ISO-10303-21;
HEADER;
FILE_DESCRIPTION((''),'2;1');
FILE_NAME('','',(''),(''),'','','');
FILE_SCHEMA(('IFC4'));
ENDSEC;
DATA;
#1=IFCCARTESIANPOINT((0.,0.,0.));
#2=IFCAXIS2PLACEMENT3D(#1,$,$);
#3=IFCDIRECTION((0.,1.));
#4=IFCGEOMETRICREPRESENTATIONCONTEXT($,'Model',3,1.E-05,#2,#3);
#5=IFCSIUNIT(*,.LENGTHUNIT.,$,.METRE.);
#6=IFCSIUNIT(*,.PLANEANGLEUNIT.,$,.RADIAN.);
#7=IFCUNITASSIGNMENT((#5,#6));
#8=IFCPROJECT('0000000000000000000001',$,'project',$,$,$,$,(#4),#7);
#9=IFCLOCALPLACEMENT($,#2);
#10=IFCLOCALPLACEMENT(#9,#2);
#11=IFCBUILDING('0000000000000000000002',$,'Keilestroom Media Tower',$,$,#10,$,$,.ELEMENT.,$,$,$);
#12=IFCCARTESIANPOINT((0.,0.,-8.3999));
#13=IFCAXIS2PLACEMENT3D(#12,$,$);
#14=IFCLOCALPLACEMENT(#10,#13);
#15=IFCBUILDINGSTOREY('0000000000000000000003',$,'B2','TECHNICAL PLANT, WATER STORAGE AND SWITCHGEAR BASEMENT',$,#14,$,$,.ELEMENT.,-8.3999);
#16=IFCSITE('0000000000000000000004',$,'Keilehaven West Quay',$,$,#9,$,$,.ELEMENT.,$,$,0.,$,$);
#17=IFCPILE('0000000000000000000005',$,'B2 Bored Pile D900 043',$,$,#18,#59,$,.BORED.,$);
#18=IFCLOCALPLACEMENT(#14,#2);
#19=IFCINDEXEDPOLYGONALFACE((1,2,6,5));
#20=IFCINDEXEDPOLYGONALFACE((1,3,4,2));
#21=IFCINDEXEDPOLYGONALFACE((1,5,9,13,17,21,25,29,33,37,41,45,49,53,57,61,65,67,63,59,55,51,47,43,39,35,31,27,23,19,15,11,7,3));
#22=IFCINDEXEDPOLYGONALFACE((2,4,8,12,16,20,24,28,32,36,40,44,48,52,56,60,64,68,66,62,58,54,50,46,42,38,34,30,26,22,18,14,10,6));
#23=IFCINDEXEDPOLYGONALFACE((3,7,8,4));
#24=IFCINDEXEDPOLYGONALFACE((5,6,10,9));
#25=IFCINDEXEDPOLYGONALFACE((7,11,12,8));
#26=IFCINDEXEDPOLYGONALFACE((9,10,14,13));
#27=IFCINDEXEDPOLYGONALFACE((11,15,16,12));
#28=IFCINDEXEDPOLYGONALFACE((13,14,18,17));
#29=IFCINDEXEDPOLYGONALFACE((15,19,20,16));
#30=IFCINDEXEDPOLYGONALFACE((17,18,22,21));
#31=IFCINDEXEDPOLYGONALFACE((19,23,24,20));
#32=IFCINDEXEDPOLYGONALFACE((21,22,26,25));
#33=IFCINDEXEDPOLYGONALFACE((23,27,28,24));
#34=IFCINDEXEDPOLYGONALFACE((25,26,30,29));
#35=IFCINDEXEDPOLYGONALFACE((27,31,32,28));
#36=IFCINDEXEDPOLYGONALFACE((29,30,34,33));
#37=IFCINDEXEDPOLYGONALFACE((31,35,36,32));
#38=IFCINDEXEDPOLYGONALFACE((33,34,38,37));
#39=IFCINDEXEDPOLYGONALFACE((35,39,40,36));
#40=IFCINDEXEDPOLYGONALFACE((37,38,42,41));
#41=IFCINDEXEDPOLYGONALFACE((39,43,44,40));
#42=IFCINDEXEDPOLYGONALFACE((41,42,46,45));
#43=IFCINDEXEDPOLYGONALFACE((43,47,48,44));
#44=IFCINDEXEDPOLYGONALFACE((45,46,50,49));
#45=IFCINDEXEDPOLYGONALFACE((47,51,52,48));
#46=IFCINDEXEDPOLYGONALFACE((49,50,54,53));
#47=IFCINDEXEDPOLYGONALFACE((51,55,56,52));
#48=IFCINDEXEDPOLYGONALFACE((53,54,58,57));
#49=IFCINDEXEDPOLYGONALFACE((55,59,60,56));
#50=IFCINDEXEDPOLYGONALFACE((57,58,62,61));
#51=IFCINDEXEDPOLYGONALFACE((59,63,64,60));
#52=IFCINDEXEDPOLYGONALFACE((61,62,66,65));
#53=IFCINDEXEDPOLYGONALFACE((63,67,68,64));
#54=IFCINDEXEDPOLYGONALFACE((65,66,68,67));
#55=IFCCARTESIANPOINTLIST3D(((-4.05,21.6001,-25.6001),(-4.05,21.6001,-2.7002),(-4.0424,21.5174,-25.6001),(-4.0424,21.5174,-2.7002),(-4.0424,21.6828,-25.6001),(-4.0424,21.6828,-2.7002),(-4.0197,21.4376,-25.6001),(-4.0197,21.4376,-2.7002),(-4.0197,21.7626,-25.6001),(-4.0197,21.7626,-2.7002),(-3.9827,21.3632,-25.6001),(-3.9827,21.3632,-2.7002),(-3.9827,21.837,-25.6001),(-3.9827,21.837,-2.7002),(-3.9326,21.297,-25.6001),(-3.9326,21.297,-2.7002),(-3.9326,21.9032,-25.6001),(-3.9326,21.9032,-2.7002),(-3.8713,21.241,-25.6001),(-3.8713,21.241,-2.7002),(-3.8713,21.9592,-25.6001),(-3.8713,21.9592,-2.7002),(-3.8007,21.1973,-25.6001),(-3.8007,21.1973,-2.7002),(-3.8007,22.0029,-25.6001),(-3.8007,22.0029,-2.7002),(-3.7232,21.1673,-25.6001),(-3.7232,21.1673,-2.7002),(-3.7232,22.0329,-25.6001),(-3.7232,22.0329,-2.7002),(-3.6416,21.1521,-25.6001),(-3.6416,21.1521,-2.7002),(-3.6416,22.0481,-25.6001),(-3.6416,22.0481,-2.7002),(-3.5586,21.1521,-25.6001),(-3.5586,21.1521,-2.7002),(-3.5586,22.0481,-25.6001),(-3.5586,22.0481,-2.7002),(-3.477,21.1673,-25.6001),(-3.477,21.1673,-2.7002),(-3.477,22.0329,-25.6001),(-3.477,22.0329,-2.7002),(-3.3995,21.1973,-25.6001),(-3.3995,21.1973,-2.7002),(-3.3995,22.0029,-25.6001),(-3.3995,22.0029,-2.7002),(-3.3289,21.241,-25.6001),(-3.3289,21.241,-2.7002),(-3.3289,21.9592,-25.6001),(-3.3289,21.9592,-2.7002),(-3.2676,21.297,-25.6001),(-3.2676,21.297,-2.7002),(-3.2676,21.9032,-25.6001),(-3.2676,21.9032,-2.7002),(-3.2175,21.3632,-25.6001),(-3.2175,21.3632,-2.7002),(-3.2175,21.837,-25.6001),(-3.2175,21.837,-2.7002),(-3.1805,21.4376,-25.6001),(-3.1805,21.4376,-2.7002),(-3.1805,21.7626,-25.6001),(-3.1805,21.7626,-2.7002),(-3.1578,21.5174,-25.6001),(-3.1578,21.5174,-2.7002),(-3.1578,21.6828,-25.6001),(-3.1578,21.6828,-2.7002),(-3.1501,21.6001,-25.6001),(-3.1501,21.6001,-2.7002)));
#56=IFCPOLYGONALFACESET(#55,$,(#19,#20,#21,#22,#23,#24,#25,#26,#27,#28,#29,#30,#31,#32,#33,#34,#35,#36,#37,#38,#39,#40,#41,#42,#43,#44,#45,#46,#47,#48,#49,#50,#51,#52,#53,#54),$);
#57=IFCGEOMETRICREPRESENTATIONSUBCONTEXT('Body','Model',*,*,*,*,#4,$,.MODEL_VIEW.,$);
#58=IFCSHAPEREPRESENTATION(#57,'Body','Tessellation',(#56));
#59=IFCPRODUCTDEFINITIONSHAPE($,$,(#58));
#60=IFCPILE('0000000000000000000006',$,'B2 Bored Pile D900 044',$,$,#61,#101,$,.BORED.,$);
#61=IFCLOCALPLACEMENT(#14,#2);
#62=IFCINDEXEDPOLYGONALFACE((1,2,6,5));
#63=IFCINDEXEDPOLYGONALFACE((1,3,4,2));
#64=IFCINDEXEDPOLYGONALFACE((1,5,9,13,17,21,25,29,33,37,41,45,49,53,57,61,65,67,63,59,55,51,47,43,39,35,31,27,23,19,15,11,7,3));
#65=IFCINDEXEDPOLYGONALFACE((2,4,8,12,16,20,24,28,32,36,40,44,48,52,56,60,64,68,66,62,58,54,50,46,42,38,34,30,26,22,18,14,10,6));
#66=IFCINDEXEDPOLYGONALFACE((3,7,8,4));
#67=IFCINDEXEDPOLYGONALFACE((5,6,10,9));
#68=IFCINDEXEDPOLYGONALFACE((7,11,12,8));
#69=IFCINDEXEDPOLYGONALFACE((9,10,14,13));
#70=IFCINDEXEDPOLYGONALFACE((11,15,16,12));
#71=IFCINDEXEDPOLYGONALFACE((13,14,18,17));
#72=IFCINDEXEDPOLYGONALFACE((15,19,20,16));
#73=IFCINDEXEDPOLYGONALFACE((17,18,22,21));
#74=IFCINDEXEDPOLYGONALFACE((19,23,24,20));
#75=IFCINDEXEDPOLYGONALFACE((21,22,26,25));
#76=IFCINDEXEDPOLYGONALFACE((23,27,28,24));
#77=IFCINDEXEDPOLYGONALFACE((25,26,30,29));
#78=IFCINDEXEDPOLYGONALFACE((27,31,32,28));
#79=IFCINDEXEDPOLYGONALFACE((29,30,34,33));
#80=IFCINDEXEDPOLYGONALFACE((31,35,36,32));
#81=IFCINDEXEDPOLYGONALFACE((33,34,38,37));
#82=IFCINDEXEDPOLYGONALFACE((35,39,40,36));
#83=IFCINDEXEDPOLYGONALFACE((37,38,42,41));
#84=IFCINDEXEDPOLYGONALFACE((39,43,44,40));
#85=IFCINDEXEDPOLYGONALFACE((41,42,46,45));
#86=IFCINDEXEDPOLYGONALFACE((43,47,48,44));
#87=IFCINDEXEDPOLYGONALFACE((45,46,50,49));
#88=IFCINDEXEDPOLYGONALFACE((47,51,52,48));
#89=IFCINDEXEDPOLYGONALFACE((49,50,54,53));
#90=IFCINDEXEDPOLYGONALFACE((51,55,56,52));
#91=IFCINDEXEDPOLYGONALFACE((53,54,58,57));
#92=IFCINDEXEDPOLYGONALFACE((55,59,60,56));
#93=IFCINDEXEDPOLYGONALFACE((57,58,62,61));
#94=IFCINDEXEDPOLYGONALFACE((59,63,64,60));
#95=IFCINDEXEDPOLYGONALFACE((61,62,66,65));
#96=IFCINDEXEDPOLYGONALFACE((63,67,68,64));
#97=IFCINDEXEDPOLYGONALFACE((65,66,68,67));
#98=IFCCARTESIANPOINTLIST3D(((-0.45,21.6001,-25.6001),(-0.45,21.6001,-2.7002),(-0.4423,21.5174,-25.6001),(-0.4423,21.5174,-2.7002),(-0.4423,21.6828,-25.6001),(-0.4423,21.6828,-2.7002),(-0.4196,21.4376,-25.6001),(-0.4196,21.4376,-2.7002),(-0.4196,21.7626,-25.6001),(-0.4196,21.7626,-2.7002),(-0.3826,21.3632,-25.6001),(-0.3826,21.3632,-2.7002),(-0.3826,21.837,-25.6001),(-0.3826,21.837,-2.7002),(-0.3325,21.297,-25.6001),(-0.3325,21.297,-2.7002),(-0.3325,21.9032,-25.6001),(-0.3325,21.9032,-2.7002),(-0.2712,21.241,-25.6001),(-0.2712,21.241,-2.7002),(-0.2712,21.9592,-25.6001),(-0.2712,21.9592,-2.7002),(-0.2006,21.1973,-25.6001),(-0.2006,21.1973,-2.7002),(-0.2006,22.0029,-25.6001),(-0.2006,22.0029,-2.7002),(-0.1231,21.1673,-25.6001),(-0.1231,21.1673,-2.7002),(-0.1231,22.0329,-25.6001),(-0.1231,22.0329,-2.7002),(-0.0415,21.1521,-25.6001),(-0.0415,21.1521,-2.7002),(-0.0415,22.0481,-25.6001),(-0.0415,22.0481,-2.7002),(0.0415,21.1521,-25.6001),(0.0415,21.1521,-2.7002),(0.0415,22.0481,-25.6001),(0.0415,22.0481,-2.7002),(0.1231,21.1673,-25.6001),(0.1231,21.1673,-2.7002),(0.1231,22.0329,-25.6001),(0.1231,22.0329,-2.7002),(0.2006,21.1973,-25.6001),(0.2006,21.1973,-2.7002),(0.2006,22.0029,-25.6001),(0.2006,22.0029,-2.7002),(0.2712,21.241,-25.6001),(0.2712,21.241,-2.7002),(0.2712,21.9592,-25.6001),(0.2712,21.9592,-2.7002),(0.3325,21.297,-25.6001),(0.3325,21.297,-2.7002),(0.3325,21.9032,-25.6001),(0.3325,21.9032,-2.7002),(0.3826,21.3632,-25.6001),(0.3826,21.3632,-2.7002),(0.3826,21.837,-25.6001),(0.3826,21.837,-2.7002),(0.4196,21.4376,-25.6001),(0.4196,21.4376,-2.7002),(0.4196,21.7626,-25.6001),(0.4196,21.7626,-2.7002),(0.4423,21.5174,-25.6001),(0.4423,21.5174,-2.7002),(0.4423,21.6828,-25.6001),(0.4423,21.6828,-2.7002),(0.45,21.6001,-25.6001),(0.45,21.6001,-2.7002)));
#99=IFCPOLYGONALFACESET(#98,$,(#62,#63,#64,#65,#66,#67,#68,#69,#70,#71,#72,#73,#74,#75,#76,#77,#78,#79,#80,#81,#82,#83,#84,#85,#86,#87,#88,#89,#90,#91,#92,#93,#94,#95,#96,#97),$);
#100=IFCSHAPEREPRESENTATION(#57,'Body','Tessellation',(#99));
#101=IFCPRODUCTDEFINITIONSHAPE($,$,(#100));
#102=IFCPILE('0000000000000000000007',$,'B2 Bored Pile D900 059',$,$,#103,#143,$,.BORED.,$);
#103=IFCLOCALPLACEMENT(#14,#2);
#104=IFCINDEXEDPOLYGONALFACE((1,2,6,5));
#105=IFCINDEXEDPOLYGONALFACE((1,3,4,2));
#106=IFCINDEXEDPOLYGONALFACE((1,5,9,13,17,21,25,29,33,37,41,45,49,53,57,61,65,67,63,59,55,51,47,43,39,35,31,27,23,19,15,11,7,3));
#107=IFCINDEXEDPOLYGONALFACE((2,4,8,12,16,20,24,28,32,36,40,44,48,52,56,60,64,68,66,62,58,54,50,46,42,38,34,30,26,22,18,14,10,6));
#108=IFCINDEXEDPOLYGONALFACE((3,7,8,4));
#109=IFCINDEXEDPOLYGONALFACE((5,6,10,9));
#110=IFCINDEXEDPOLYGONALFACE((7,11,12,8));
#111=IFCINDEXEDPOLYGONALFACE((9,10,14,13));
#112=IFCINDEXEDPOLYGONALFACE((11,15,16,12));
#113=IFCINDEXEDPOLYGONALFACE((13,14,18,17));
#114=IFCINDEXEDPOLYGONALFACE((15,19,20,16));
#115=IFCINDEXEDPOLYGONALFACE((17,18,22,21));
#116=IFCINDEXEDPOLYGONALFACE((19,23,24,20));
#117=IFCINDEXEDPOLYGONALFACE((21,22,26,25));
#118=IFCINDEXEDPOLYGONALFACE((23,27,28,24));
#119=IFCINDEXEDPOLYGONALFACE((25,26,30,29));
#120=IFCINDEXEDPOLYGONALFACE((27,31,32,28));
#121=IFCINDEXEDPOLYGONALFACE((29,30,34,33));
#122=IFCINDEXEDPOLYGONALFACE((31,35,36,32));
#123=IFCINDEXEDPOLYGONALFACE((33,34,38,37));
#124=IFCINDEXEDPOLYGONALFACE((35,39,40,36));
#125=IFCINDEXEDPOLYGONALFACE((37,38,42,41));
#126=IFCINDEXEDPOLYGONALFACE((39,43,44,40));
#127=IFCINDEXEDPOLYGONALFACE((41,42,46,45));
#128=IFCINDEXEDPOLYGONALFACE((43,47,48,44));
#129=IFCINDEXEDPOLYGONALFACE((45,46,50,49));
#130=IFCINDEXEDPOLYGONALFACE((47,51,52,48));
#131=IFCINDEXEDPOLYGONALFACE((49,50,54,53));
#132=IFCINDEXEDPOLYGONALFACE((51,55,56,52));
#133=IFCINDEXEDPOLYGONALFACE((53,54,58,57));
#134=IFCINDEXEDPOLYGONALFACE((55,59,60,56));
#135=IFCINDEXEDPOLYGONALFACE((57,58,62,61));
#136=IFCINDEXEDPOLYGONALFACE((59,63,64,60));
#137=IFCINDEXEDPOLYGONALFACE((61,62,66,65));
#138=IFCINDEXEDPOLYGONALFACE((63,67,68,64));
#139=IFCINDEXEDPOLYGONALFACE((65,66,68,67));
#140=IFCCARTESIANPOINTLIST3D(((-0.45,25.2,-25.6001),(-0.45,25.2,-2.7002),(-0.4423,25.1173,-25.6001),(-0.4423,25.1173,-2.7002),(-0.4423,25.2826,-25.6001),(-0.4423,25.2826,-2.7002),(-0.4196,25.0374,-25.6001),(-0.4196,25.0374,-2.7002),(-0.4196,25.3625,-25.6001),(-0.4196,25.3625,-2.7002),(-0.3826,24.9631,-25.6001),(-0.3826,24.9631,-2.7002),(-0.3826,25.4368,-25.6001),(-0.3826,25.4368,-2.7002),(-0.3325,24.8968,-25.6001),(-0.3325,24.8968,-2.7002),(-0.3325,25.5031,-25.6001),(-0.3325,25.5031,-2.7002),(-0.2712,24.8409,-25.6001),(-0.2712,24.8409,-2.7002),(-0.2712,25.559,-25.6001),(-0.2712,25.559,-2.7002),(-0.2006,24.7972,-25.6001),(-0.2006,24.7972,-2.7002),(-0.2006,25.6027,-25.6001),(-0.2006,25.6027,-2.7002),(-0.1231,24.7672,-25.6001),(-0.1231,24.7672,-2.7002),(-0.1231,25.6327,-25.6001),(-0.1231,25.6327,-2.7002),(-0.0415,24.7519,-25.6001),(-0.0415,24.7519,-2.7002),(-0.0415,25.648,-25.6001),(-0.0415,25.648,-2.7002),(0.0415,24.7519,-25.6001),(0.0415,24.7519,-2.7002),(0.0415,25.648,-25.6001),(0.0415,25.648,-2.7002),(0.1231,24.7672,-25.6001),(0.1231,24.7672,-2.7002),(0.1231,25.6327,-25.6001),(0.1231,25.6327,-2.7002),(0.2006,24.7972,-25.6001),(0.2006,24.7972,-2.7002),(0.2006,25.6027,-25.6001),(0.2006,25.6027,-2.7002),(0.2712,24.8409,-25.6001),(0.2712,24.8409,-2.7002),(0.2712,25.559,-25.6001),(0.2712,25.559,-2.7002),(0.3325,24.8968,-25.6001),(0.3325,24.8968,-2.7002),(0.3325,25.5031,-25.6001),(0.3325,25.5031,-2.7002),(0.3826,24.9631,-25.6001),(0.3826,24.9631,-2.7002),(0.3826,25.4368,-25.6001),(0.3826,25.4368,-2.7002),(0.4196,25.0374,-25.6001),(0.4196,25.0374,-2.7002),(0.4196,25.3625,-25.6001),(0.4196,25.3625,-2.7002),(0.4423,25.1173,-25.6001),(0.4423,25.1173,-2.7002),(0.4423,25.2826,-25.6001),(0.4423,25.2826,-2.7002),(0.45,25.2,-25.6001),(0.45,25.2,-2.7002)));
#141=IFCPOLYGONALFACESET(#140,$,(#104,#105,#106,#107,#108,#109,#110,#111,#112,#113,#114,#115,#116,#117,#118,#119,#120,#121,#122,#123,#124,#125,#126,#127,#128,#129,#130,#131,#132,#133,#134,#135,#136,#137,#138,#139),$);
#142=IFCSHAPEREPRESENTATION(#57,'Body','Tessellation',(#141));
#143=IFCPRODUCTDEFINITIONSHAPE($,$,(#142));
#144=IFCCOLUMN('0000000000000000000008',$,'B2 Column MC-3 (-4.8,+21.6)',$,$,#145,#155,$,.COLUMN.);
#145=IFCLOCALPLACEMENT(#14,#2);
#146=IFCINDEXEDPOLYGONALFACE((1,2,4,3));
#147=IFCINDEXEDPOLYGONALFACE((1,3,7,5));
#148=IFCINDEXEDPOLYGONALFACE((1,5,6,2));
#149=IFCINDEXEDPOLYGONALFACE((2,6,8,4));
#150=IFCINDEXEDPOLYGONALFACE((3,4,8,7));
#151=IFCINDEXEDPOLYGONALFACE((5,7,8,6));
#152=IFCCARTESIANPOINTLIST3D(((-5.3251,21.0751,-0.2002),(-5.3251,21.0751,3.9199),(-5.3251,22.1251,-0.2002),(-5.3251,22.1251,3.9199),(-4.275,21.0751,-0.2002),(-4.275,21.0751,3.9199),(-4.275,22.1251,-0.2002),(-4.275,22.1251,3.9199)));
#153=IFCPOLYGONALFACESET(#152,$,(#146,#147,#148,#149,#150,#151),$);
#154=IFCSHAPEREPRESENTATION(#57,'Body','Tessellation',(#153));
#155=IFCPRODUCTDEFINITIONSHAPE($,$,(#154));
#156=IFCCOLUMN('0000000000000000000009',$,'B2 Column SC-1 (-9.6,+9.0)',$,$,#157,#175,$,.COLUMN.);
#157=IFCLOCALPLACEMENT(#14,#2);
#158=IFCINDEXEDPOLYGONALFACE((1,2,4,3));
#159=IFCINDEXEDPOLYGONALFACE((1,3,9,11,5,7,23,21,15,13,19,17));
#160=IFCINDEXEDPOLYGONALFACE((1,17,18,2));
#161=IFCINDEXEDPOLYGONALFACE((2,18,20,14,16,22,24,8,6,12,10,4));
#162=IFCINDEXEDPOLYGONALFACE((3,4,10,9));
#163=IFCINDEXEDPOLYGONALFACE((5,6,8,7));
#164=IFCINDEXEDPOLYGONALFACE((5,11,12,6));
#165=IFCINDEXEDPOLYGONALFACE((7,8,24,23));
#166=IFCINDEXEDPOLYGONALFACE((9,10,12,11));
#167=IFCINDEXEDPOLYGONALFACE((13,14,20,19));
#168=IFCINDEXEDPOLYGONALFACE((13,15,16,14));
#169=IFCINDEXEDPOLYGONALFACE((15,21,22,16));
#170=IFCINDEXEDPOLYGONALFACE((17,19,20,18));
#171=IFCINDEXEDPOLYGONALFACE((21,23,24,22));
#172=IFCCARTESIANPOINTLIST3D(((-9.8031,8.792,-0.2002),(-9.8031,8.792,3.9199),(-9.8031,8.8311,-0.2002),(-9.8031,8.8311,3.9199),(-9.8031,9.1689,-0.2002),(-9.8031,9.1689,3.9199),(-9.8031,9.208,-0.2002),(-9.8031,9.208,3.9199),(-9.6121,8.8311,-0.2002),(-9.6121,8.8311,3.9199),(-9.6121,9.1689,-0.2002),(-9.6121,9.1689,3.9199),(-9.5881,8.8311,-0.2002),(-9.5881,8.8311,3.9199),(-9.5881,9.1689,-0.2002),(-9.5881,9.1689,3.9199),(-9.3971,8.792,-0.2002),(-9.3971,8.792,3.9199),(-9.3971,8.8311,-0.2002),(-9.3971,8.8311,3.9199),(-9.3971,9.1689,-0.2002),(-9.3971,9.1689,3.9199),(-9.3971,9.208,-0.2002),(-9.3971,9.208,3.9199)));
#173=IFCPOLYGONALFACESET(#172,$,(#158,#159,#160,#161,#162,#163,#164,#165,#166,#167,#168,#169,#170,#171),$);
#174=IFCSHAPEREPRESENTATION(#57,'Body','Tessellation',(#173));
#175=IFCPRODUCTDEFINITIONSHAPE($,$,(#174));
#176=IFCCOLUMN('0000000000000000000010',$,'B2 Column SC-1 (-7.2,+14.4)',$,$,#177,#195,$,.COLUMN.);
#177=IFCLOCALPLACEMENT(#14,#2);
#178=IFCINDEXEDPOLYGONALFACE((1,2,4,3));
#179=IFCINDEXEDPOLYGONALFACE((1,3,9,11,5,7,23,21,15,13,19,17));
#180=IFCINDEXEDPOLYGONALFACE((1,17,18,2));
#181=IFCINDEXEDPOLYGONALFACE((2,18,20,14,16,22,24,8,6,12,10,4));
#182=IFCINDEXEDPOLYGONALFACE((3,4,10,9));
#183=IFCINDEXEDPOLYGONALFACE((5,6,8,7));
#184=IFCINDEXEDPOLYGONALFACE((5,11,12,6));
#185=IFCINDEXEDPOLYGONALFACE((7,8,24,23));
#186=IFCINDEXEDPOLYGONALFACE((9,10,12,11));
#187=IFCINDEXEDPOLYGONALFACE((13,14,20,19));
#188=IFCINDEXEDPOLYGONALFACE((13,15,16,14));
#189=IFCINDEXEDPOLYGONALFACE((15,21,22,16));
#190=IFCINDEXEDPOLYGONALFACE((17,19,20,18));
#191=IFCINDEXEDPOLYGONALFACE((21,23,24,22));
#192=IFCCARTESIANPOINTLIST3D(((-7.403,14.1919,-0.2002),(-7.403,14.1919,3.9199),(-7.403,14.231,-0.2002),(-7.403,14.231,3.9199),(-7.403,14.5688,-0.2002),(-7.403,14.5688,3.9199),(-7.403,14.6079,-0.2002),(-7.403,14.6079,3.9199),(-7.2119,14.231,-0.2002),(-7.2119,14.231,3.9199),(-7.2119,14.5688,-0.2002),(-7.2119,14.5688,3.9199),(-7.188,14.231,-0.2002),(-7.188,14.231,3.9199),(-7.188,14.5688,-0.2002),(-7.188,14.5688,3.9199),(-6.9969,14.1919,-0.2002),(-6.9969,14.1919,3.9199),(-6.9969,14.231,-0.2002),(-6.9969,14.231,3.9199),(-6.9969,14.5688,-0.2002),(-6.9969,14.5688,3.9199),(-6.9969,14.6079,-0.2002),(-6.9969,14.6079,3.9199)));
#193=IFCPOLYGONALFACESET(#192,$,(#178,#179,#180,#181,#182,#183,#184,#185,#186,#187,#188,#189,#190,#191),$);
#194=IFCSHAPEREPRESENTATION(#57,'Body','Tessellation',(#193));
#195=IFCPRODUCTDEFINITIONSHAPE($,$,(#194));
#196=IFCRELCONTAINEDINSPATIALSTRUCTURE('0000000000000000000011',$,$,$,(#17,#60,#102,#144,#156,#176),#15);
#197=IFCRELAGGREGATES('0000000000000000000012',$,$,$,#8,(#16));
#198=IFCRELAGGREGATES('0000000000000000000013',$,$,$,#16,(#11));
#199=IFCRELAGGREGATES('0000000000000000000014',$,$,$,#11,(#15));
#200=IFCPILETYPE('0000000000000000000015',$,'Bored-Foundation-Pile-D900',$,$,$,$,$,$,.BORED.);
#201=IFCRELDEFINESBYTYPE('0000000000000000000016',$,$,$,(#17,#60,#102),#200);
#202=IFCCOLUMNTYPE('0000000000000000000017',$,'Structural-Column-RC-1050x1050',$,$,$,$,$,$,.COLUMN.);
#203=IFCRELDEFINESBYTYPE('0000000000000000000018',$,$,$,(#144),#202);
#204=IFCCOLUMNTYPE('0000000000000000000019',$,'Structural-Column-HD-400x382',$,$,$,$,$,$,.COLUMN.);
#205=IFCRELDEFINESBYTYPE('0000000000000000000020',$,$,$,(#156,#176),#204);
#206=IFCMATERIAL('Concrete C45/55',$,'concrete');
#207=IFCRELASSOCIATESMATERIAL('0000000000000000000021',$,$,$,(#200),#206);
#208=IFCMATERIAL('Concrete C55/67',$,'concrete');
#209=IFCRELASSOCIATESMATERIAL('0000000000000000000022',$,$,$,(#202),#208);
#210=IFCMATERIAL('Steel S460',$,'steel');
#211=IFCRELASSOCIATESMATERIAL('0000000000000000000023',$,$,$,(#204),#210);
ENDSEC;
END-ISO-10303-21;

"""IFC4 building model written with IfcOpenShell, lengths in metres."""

from ifc_helpers import new_model, si_unit, direction, frame, origin, origin_2d, place, context, subcontext, project, spatial, rectangle, circle, i_section, extrude, source, transform, mapped, material, material_profile, profile_set, type_object, element, save


model = new_model("IFC4")

# Units and contexts
model_context = context("Model", 3, precision=1e-05, world=origin(), true_north=direction((0.0, 1.0)))
body_context = subcontext(model_context, "Body", "Model", "MODEL_VIEW")
ifc_project = project(units=[si_unit("LENGTHUNIT", "METRE"), si_unit("PLANEANGLEUNIT", "RADIAN")], contexts=[model_context])

# Site, building, storey
site_placement = place(None, origin())
site = spatial("IfcSite", under=ifc_project, at=site_placement, Name="Keilehaven West Quay", CompositionType="ELEMENT", RefElevation=0.0)
building_placement = place(site_placement, origin())
building = spatial("IfcBuilding", under=site, at=building_placement, Name="Keilestroom Media Tower", CompositionType="ELEMENT")
storey_placement = place(building_placement, frame((0.0, 0.0, -8.3999)))
storey = spatial("IfcBuildingStorey", under=building, at=storey_placement, Name="B2", Description="TECHNICAL PLANT, WATER STORAGE AND SWITCHGEAR BASEMENT", CompositionType="ELEMENT", Elevation=-8.3999)

# Piles
ifc_material_1 = material(Name="Concrete C45/55", Category="concrete")
ifc_material_profile_1 = material_profile(ifc_material_1, circle(Radius=0.45, at=origin_2d()), Name="BORED PILE D900")
ifc_profile_set_1 = profile_set([ifc_material_profile_1], Name="Concrete C45/55")
pile_type_1 = type_object("IfcPileType", Name="Bored-Foundation-Pile-D900", PredefinedType="BORED", material=ifc_profile_set_1)
shared_shape_1 = source(origin(), body_context, "Body", "SweptSolid", [
    extrude(circle(Radius=0.45, at=origin_2d()), origin(), (0.0, 0.0, 1.0), 22.8999),
])
for number, where, z_axis, x_axis, name in (
    (1, (-3.6001, 21.6001, -2.7002), (0.0, 0.0, -1.0), (1.0, 0.0, 0.0), "B2 Bored Pile D900 043"),
    (2, (0.0, 21.6001, -2.7002), (0.0, 0.0, -1.0), (1.0, 0.0, 0.0), "B2 Bored Pile D900 044"),
    (3, (0.0, 25.2, -2.7002), (0.0, 0.0, -1.0), (1.0, 0.0, 0.0), "B2 Bored Pile D900 059"),
):
    element("IfcPile", number, at=place(storey_placement, frame(where, z_axis=z_axis, x_axis=x_axis)), inside=storey, type_object=pile_type_1, Name=name, PredefinedType="BORED", context=body_context, shape_type="MappedRepresentation", body=[
        mapped(shared_shape_1, transform((0.0, 0.0, 0.0), x_axis=(1.0, 0.0, 0.0), y_axis=(0.0, 1.0, 0.0), z_axis=(0.0, 0.0, 1.0), scale=1.0)),
    ])

# Columns
ifc_material_2 = material(Name="Concrete C55/67", Category="concrete")
ifc_material_profile_2 = material_profile(ifc_material_2, rectangle(XDim=1.05, YDim=1.05, at=origin_2d()), Name="RC 1050x1050")
ifc_profile_set_2 = profile_set([ifc_material_profile_2], Name="Concrete C55/67")
column_type_1 = type_object("IfcColumnType", Name="Structural-Column-RC-1050x1050", PredefinedType="COLUMN", material=ifc_profile_set_2)
shared_shape_2 = source(origin(), body_context, "Body", "SweptSolid", [
    extrude(rectangle(XDim=1.05, YDim=1.05, at=origin_2d()), origin(), (0.0, 0.0, 1.0), 4.1201),
])
column_placement = place(storey_placement, frame((-4.8, 21.6001, -0.2002), z_axis=(0.0, 0.0, 1.0), x_axis=(1.0, 0.0, 0.0)))
element("IfcColumn", 4, at=column_placement, inside=storey, type_object=column_type_1, Name="B2 Column MC-3 (-4.8,+21.6)", PredefinedType="COLUMN", context=body_context, shape_type="MappedRepresentation", body=[
    mapped(shared_shape_2, transform((0.0, 0.0, 0.0), x_axis=(1.0, 0.0, 0.0), y_axis=(0.0, 1.0, 0.0), z_axis=(0.0, 0.0, 1.0), scale=1.0)),
])
ifc_material_3 = material(Name="Steel S460", Category="steel")
ifc_material_profile_3 = material_profile(ifc_material_3, i_section(OverallWidth=0.406, OverallDepth=0.416, WebThickness=0.0239, FlangeThickness=0.0391, at=origin_2d()), Name="HD 400x382")
ifc_profile_set_3 = profile_set([ifc_material_profile_3], Name="Steel S460")
column_type_2 = type_object("IfcColumnType", Name="Structural-Column-HD-400x382", PredefinedType="COLUMN", material=ifc_profile_set_3)
shared_shape_3 = source(origin(), body_context, "Body", "SweptSolid", [
    extrude(i_section(OverallWidth=0.406, OverallDepth=0.416, WebThickness=0.0239, FlangeThickness=0.0391, at=origin_2d()), origin(), (0.0, 0.0, 1.0), 4.1201),
])
for number, where, z_axis, x_axis, name in (
    (5, (-9.6001, 9.0, -0.2002), (0.0, 0.0, 1.0), (1.0, 0.0, 0.0), "B2 Column SC-1 (-9.6,+9.0)"),
    (6, (-7.2, 14.3999, -0.2002), (0.0, 0.0, 1.0), (1.0, 0.0, 0.0), "B2 Column SC-1 (-7.2,+14.4)"),
):
    element("IfcColumn", number, at=place(storey_placement, frame(where, z_axis=z_axis, x_axis=x_axis)), inside=storey, type_object=column_type_2, Name=name, PredefinedType="COLUMN", context=body_context, shape_type="MappedRepresentation", body=[
        mapped(shared_shape_3, transform((0.0, 0.0, 0.0), x_axis=(1.0, 0.0, 0.0), y_axis=(0.0, 1.0, 0.0), z_axis=(0.0, 0.0, 1.0), scale=1.0)),
    ])

save(model, "model.ifc")
